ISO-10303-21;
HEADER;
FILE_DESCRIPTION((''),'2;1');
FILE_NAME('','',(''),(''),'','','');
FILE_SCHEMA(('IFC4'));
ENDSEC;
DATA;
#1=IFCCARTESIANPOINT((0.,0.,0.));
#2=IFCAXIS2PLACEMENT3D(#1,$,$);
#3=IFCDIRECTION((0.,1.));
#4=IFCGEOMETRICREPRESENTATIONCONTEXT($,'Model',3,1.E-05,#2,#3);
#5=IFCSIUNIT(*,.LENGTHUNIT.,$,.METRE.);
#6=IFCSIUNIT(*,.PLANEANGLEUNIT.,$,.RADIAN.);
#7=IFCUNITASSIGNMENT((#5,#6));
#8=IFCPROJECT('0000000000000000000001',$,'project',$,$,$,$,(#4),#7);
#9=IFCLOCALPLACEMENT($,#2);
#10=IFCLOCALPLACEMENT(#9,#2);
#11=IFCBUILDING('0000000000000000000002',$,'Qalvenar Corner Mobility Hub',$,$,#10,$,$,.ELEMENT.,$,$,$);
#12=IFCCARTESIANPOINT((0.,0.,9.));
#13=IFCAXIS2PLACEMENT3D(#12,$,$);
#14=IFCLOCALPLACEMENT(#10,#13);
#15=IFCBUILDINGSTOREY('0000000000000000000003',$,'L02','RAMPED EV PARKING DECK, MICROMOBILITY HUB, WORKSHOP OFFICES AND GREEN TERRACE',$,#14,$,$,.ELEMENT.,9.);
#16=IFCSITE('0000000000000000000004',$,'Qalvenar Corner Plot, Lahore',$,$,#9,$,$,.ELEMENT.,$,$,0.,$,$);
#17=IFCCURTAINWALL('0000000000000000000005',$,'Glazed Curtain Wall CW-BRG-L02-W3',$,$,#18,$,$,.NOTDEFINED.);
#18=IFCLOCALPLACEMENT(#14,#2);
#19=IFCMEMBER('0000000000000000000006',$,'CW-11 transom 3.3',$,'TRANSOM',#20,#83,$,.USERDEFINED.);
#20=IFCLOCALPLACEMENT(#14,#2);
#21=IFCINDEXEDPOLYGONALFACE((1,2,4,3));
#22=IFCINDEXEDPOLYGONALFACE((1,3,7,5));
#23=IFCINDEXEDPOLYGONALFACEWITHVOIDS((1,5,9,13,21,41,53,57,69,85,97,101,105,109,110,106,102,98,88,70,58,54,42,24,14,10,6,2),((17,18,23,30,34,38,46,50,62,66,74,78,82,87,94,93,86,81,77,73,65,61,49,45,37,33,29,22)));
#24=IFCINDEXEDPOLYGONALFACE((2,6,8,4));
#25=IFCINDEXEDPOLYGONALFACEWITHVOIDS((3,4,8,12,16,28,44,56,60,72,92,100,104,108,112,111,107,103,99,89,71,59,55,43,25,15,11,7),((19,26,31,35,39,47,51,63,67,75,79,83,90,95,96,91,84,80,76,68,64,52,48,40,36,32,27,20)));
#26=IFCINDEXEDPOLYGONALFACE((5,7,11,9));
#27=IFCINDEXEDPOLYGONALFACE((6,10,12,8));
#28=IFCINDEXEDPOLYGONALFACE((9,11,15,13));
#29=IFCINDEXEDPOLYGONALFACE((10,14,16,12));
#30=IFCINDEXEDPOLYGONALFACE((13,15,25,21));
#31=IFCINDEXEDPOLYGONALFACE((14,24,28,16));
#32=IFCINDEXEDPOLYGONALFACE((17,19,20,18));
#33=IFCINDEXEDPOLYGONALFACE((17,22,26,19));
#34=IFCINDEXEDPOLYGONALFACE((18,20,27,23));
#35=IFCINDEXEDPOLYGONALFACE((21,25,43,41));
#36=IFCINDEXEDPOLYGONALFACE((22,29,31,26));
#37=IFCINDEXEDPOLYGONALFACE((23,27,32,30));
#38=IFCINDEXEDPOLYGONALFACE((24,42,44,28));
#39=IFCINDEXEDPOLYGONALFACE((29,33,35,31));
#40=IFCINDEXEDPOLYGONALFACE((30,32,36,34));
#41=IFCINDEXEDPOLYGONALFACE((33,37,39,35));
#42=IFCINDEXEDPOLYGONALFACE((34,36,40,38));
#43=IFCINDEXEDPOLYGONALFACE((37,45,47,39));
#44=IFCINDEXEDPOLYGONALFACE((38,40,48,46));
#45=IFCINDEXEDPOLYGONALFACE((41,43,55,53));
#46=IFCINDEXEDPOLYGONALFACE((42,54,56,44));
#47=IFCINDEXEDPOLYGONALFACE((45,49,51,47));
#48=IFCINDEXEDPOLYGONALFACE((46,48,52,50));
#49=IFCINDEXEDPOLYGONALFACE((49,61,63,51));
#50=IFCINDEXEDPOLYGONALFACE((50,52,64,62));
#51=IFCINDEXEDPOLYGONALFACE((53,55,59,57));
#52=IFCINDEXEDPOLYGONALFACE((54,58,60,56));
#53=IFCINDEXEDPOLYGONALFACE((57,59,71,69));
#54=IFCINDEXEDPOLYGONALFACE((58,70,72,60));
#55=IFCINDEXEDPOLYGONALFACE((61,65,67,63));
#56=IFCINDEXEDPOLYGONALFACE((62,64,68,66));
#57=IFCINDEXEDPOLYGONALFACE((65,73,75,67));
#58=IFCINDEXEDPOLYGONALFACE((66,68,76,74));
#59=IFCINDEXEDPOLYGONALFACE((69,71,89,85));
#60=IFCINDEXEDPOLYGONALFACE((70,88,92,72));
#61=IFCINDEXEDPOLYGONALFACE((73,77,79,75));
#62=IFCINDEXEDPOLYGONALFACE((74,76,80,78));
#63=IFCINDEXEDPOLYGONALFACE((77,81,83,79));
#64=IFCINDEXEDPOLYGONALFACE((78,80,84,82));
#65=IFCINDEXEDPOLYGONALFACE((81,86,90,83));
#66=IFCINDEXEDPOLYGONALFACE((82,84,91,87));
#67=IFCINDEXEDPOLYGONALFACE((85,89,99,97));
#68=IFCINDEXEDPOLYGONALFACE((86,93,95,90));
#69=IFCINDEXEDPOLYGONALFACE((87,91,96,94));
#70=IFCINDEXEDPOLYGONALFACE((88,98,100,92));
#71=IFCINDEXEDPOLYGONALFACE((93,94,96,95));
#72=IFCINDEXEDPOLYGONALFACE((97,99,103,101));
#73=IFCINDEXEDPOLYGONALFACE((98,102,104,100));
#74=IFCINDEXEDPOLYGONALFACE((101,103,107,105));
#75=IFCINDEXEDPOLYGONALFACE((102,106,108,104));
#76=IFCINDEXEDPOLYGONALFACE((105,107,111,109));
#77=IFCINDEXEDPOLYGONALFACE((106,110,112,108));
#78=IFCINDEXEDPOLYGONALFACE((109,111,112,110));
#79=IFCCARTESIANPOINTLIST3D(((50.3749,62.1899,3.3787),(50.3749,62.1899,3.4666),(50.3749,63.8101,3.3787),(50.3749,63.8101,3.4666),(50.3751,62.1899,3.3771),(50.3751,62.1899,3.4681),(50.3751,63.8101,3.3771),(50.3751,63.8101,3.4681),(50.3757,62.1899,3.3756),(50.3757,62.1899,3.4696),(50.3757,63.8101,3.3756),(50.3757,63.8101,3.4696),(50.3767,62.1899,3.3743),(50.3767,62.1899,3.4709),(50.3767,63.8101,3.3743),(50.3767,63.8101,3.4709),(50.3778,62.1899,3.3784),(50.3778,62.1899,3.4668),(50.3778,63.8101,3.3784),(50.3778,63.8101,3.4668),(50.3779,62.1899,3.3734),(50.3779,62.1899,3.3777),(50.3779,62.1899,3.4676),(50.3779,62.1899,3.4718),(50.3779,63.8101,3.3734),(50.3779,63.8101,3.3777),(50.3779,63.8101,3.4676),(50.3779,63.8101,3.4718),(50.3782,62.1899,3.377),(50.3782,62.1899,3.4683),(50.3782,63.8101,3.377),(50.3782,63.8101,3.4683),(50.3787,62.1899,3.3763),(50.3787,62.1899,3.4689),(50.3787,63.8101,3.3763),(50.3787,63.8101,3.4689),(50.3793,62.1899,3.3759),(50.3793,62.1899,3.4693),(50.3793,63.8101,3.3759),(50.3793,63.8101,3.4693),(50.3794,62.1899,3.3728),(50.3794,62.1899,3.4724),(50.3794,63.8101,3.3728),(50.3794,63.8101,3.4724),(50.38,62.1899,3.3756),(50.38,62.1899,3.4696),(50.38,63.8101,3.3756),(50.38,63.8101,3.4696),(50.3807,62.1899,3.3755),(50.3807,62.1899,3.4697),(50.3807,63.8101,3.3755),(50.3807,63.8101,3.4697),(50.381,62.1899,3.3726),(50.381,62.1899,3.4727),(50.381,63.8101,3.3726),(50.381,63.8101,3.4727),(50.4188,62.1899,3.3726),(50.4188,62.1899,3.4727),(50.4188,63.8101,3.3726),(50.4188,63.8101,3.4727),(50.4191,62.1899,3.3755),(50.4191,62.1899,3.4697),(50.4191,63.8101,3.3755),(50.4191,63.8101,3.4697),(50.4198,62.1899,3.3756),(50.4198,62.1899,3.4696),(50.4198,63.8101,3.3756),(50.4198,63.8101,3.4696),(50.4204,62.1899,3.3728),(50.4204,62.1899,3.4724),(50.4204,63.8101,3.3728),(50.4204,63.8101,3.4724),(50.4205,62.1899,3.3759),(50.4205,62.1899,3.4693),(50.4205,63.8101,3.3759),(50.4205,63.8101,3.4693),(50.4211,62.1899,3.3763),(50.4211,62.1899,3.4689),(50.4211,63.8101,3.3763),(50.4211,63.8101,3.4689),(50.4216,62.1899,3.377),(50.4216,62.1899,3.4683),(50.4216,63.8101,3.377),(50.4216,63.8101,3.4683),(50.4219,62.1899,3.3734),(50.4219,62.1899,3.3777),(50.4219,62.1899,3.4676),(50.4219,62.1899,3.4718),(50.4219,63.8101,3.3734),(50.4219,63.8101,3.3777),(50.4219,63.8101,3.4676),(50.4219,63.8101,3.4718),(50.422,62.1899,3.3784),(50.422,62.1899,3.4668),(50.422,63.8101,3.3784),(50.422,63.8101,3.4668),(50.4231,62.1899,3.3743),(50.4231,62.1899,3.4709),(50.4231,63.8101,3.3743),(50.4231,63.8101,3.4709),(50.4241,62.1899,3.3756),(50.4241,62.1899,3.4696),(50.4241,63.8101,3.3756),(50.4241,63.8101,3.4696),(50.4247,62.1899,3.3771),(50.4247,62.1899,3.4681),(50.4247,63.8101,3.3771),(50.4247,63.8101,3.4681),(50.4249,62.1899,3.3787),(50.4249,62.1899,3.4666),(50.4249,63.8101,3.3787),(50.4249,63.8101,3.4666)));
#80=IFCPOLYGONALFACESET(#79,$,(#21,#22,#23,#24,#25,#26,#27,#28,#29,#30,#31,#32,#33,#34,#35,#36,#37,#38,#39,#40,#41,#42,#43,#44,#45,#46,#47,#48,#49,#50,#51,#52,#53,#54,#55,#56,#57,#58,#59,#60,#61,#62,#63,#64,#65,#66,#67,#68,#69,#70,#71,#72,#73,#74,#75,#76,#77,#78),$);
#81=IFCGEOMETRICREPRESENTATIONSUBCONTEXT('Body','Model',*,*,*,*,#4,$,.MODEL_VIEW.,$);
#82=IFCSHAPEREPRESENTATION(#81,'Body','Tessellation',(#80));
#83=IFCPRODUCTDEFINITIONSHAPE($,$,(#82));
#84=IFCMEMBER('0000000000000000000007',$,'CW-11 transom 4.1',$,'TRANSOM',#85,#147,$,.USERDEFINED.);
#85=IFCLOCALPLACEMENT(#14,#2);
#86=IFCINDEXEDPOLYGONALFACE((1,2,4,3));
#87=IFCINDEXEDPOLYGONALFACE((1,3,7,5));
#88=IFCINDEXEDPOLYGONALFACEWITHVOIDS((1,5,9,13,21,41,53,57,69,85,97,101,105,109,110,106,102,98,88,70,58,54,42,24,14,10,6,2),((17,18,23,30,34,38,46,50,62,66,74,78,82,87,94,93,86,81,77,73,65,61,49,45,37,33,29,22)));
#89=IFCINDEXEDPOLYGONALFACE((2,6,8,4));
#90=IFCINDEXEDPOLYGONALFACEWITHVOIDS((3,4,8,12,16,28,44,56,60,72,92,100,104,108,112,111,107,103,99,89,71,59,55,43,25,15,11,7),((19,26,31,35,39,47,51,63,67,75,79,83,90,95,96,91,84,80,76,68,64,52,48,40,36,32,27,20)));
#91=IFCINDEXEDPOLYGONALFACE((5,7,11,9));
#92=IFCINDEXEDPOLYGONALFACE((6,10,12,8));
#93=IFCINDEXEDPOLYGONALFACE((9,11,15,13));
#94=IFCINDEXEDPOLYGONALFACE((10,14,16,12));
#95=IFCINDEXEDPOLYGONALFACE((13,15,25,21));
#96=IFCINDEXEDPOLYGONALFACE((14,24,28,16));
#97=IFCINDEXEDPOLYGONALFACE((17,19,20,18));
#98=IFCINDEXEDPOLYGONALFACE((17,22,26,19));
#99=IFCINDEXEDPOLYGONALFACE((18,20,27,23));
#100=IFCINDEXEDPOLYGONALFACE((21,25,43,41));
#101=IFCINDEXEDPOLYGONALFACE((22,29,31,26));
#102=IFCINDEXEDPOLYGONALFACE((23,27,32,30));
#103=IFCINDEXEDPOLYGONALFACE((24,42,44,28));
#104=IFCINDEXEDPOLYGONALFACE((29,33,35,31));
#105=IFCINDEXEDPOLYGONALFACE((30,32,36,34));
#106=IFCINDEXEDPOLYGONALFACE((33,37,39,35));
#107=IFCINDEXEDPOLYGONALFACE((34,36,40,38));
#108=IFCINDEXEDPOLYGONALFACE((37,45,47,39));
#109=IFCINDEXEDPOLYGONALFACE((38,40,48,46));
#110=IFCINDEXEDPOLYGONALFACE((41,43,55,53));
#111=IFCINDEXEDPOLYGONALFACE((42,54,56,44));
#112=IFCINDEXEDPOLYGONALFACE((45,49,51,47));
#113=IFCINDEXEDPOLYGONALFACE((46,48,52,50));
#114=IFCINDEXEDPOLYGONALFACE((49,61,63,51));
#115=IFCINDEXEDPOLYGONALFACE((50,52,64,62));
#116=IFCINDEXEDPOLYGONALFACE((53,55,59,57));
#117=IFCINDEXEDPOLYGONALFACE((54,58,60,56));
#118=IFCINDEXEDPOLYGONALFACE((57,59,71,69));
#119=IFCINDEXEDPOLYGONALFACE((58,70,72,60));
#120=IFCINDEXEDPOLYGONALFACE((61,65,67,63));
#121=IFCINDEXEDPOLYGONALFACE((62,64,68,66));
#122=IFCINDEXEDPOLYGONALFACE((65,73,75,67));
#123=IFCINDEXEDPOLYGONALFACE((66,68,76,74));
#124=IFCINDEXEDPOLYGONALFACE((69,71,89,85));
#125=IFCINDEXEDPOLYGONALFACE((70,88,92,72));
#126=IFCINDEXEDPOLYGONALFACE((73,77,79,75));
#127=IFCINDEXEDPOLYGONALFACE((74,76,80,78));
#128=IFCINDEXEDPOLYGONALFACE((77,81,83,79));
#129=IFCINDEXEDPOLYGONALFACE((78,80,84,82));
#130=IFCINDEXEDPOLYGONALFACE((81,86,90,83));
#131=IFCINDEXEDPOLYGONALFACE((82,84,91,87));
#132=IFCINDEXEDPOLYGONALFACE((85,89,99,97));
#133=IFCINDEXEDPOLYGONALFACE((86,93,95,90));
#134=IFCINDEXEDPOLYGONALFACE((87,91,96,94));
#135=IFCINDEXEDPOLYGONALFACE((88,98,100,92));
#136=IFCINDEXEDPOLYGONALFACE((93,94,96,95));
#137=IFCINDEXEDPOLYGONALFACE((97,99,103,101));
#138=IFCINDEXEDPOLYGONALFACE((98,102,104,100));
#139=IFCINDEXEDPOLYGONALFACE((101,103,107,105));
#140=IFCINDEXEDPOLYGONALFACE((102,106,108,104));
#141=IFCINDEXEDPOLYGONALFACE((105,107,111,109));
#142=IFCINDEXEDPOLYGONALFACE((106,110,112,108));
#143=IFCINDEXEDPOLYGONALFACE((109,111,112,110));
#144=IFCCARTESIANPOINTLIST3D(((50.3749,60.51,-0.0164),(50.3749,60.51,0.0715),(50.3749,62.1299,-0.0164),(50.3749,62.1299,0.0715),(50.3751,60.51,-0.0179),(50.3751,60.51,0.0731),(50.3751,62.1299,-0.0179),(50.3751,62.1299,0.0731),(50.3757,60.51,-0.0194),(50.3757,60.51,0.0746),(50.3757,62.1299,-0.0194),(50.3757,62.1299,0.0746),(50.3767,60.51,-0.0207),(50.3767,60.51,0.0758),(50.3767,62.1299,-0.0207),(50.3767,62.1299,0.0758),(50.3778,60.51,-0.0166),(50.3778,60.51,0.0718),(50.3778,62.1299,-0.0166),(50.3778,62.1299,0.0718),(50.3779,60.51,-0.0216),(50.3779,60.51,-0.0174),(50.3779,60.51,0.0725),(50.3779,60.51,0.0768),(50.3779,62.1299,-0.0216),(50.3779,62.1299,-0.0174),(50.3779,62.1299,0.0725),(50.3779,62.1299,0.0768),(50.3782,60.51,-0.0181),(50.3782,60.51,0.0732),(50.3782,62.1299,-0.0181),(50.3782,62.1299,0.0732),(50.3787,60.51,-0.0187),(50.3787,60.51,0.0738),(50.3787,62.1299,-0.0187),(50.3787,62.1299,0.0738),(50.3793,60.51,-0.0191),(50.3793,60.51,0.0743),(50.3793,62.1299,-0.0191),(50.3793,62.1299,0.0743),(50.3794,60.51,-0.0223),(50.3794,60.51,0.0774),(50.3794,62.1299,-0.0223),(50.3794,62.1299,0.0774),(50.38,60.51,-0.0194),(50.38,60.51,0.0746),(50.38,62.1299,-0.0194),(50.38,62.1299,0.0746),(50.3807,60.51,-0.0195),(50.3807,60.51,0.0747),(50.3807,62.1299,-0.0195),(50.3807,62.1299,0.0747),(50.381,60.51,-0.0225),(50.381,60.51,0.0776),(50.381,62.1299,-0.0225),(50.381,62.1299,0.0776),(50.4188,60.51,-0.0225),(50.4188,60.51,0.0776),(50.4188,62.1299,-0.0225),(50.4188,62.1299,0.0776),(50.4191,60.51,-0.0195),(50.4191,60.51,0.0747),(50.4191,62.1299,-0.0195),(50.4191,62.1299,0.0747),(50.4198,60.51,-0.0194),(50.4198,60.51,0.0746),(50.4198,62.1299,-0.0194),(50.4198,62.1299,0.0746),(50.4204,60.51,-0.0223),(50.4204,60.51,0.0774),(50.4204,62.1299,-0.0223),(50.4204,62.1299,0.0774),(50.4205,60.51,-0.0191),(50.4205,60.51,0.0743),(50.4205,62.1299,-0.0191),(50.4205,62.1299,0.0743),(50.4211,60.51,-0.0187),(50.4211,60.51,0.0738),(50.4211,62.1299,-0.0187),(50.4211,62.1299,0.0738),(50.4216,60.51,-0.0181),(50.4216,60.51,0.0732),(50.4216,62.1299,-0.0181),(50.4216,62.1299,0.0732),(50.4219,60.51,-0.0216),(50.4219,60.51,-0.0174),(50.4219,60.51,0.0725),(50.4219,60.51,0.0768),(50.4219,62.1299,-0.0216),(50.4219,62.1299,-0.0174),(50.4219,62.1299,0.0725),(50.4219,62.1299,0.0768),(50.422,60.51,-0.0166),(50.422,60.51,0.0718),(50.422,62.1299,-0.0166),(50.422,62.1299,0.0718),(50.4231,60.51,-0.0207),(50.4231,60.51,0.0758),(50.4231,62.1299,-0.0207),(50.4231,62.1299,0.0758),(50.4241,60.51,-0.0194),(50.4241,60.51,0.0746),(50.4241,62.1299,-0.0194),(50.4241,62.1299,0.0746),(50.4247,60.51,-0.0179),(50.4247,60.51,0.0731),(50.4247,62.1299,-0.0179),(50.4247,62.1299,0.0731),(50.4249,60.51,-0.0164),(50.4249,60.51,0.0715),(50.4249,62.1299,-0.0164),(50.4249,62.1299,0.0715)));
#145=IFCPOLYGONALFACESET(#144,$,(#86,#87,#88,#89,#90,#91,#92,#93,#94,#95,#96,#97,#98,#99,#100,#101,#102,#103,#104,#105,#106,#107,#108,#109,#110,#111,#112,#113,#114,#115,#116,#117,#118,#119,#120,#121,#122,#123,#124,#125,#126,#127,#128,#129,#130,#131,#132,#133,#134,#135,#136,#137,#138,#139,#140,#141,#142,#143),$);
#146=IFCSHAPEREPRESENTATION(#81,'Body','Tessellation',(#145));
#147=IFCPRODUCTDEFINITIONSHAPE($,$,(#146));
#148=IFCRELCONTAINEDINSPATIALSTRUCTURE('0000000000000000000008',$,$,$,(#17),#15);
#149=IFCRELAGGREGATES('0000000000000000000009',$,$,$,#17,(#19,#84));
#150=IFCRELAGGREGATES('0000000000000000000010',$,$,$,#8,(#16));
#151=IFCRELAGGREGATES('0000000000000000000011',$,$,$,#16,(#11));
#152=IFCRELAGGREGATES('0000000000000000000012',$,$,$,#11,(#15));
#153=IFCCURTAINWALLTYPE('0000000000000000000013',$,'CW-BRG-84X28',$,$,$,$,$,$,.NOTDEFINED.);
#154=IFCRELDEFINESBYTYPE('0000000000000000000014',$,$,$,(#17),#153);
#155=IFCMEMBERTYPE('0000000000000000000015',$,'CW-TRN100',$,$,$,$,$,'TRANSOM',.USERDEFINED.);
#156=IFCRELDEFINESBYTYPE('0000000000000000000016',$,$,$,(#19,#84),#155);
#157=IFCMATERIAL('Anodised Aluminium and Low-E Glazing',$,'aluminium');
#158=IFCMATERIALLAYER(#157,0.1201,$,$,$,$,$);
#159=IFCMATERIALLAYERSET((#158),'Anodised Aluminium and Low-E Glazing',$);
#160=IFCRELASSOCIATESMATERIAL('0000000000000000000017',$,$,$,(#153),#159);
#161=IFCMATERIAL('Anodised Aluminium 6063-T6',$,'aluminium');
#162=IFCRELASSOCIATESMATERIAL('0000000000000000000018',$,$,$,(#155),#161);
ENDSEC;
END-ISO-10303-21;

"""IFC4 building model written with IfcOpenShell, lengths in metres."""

from ifc_helpers import new_model, si_unit, direction, frame, origin, origin_2d, place, context, subcontext, project, spatial, hollow_rectangle, extrude, material, layer, layer_set, material_profile, profile_set, type_object, element, aggregate, save


model = new_model("IFC4")

# Units and contexts
model_context = context("Model", 3, precision=1e-05, world=origin(), true_north=direction((0.0, 1.0)))
body_context = subcontext(model_context, "Body", "Model", "MODEL_VIEW")
ifc_project = project(units=[si_unit("LENGTHUNIT", "METRE"), si_unit("PLANEANGLEUNIT", "RADIAN")], contexts=[model_context])

# Site, building, storey
site_placement = place(None, origin())
site = spatial("IfcSite", under=ifc_project, at=site_placement, Name="Qalvenar Corner Plot, Lahore", CompositionType="ELEMENT", RefElevation=0.0)
building_placement = place(site_placement, origin())
building = spatial("IfcBuilding", under=site, at=building_placement, Name="Qalvenar Corner Mobility Hub", CompositionType="ELEMENT")
storey_placement = place(building_placement, frame((0.0, 0.0, 9.0)))
storey = spatial("IfcBuildingStorey", under=building, at=storey_placement, Name="L02", Description="RAMPED EV PARKING DECK, MICROMOBILITY HUB, WORKSHOP OFFICES AND GREEN TERRACE", CompositionType="ELEMENT", Elevation=9.0)

# Curtain wall, members
ifc_material_1 = material(Name="Anodised Aluminium and Low-E Glazing", Category="aluminium")
ifc_layer_1 = layer(ifc_material_1, 0.1201)
ifc_layer_set_1 = layer_set([ifc_layer_1], Name="Anodised Aluminium and Low-E Glazing")
curtain_wall_type = type_object("IfcCurtainWallType", Name="CW-BRG-84X28", PredefinedType="NOTDEFINED", material=ifc_layer_set_1)
curtain_wall_placement = place(storey_placement, origin())
curtain_wall = element("IfcCurtainWall", 1, at=curtain_wall_placement, inside=storey, type_object=curtain_wall_type, Name="Glazed Curtain Wall CW-BRG-L02-W3", PredefinedType="NOTDEFINED")
ifc_material_2 = material(Name="Anodised Aluminium 6063-T6", Category="aluminium")
ifc_material_profile_1 = material_profile(ifc_material_2, hollow_rectangle(XDim=0.05, YDim=0.1001, WallThickness=0.0029, InnerFilletRadius=0.0029, OuterFilletRadius=0.0061, at=origin_2d()), Name="RHS100x50x3")
ifc_profile_set_1 = profile_set([ifc_material_profile_1], Name="Anodised Aluminium 6063-T6")
member_type_1 = type_object("IfcMemberType", Name="CW-TRN100", ElementType="TRANSOM", PredefinedType="USERDEFINED", material=ifc_profile_set_1)
member_1_placement = place(storey_placement, frame((50.3999, 63.8101, 3.4226), z_axis=(0.0, -1.0, 0.0), x_axis=(1.0, 0.0, 0.0)))
member_1 = element("IfcMember", 2, at=member_1_placement, type_object=member_type_1, Name="CW-11 transom 3.3", ObjectType="TRANSOM", PredefinedType="USERDEFINED", context=body_context, shape_type="SweptSolid", body=[
    extrude(hollow_rectangle(XDim=0.05, YDim=0.1001, WallThickness=0.0029, InnerFilletRadius=0.0029, OuterFilletRadius=0.0061, at=origin_2d()), origin(), (0.0, 0.0, 1.0), 1.6201),
])
member_2_placement = place(storey_placement, frame((50.3999, 62.1299, 0.0276), z_axis=(0.0, -1.0, 0.0), x_axis=(1.0, 0.0, 0.0)))
member_2 = element("IfcMember", 3, at=member_2_placement, type_object=member_type_1, Name="CW-11 transom 4.1", ObjectType="TRANSOM", PredefinedType="USERDEFINED", context=body_context, shape_type="SweptSolid", body=[
    extrude(hollow_rectangle(XDim=0.05, YDim=0.1001, WallThickness=0.0029, InnerFilletRadius=0.0029, OuterFilletRadius=0.0061, at=origin_2d()), origin(), (0.0, 0.0, 1.0), 1.6199),
])
aggregate(curtain_wall, [member_1, member_2])

save(model, "model.ifc")
